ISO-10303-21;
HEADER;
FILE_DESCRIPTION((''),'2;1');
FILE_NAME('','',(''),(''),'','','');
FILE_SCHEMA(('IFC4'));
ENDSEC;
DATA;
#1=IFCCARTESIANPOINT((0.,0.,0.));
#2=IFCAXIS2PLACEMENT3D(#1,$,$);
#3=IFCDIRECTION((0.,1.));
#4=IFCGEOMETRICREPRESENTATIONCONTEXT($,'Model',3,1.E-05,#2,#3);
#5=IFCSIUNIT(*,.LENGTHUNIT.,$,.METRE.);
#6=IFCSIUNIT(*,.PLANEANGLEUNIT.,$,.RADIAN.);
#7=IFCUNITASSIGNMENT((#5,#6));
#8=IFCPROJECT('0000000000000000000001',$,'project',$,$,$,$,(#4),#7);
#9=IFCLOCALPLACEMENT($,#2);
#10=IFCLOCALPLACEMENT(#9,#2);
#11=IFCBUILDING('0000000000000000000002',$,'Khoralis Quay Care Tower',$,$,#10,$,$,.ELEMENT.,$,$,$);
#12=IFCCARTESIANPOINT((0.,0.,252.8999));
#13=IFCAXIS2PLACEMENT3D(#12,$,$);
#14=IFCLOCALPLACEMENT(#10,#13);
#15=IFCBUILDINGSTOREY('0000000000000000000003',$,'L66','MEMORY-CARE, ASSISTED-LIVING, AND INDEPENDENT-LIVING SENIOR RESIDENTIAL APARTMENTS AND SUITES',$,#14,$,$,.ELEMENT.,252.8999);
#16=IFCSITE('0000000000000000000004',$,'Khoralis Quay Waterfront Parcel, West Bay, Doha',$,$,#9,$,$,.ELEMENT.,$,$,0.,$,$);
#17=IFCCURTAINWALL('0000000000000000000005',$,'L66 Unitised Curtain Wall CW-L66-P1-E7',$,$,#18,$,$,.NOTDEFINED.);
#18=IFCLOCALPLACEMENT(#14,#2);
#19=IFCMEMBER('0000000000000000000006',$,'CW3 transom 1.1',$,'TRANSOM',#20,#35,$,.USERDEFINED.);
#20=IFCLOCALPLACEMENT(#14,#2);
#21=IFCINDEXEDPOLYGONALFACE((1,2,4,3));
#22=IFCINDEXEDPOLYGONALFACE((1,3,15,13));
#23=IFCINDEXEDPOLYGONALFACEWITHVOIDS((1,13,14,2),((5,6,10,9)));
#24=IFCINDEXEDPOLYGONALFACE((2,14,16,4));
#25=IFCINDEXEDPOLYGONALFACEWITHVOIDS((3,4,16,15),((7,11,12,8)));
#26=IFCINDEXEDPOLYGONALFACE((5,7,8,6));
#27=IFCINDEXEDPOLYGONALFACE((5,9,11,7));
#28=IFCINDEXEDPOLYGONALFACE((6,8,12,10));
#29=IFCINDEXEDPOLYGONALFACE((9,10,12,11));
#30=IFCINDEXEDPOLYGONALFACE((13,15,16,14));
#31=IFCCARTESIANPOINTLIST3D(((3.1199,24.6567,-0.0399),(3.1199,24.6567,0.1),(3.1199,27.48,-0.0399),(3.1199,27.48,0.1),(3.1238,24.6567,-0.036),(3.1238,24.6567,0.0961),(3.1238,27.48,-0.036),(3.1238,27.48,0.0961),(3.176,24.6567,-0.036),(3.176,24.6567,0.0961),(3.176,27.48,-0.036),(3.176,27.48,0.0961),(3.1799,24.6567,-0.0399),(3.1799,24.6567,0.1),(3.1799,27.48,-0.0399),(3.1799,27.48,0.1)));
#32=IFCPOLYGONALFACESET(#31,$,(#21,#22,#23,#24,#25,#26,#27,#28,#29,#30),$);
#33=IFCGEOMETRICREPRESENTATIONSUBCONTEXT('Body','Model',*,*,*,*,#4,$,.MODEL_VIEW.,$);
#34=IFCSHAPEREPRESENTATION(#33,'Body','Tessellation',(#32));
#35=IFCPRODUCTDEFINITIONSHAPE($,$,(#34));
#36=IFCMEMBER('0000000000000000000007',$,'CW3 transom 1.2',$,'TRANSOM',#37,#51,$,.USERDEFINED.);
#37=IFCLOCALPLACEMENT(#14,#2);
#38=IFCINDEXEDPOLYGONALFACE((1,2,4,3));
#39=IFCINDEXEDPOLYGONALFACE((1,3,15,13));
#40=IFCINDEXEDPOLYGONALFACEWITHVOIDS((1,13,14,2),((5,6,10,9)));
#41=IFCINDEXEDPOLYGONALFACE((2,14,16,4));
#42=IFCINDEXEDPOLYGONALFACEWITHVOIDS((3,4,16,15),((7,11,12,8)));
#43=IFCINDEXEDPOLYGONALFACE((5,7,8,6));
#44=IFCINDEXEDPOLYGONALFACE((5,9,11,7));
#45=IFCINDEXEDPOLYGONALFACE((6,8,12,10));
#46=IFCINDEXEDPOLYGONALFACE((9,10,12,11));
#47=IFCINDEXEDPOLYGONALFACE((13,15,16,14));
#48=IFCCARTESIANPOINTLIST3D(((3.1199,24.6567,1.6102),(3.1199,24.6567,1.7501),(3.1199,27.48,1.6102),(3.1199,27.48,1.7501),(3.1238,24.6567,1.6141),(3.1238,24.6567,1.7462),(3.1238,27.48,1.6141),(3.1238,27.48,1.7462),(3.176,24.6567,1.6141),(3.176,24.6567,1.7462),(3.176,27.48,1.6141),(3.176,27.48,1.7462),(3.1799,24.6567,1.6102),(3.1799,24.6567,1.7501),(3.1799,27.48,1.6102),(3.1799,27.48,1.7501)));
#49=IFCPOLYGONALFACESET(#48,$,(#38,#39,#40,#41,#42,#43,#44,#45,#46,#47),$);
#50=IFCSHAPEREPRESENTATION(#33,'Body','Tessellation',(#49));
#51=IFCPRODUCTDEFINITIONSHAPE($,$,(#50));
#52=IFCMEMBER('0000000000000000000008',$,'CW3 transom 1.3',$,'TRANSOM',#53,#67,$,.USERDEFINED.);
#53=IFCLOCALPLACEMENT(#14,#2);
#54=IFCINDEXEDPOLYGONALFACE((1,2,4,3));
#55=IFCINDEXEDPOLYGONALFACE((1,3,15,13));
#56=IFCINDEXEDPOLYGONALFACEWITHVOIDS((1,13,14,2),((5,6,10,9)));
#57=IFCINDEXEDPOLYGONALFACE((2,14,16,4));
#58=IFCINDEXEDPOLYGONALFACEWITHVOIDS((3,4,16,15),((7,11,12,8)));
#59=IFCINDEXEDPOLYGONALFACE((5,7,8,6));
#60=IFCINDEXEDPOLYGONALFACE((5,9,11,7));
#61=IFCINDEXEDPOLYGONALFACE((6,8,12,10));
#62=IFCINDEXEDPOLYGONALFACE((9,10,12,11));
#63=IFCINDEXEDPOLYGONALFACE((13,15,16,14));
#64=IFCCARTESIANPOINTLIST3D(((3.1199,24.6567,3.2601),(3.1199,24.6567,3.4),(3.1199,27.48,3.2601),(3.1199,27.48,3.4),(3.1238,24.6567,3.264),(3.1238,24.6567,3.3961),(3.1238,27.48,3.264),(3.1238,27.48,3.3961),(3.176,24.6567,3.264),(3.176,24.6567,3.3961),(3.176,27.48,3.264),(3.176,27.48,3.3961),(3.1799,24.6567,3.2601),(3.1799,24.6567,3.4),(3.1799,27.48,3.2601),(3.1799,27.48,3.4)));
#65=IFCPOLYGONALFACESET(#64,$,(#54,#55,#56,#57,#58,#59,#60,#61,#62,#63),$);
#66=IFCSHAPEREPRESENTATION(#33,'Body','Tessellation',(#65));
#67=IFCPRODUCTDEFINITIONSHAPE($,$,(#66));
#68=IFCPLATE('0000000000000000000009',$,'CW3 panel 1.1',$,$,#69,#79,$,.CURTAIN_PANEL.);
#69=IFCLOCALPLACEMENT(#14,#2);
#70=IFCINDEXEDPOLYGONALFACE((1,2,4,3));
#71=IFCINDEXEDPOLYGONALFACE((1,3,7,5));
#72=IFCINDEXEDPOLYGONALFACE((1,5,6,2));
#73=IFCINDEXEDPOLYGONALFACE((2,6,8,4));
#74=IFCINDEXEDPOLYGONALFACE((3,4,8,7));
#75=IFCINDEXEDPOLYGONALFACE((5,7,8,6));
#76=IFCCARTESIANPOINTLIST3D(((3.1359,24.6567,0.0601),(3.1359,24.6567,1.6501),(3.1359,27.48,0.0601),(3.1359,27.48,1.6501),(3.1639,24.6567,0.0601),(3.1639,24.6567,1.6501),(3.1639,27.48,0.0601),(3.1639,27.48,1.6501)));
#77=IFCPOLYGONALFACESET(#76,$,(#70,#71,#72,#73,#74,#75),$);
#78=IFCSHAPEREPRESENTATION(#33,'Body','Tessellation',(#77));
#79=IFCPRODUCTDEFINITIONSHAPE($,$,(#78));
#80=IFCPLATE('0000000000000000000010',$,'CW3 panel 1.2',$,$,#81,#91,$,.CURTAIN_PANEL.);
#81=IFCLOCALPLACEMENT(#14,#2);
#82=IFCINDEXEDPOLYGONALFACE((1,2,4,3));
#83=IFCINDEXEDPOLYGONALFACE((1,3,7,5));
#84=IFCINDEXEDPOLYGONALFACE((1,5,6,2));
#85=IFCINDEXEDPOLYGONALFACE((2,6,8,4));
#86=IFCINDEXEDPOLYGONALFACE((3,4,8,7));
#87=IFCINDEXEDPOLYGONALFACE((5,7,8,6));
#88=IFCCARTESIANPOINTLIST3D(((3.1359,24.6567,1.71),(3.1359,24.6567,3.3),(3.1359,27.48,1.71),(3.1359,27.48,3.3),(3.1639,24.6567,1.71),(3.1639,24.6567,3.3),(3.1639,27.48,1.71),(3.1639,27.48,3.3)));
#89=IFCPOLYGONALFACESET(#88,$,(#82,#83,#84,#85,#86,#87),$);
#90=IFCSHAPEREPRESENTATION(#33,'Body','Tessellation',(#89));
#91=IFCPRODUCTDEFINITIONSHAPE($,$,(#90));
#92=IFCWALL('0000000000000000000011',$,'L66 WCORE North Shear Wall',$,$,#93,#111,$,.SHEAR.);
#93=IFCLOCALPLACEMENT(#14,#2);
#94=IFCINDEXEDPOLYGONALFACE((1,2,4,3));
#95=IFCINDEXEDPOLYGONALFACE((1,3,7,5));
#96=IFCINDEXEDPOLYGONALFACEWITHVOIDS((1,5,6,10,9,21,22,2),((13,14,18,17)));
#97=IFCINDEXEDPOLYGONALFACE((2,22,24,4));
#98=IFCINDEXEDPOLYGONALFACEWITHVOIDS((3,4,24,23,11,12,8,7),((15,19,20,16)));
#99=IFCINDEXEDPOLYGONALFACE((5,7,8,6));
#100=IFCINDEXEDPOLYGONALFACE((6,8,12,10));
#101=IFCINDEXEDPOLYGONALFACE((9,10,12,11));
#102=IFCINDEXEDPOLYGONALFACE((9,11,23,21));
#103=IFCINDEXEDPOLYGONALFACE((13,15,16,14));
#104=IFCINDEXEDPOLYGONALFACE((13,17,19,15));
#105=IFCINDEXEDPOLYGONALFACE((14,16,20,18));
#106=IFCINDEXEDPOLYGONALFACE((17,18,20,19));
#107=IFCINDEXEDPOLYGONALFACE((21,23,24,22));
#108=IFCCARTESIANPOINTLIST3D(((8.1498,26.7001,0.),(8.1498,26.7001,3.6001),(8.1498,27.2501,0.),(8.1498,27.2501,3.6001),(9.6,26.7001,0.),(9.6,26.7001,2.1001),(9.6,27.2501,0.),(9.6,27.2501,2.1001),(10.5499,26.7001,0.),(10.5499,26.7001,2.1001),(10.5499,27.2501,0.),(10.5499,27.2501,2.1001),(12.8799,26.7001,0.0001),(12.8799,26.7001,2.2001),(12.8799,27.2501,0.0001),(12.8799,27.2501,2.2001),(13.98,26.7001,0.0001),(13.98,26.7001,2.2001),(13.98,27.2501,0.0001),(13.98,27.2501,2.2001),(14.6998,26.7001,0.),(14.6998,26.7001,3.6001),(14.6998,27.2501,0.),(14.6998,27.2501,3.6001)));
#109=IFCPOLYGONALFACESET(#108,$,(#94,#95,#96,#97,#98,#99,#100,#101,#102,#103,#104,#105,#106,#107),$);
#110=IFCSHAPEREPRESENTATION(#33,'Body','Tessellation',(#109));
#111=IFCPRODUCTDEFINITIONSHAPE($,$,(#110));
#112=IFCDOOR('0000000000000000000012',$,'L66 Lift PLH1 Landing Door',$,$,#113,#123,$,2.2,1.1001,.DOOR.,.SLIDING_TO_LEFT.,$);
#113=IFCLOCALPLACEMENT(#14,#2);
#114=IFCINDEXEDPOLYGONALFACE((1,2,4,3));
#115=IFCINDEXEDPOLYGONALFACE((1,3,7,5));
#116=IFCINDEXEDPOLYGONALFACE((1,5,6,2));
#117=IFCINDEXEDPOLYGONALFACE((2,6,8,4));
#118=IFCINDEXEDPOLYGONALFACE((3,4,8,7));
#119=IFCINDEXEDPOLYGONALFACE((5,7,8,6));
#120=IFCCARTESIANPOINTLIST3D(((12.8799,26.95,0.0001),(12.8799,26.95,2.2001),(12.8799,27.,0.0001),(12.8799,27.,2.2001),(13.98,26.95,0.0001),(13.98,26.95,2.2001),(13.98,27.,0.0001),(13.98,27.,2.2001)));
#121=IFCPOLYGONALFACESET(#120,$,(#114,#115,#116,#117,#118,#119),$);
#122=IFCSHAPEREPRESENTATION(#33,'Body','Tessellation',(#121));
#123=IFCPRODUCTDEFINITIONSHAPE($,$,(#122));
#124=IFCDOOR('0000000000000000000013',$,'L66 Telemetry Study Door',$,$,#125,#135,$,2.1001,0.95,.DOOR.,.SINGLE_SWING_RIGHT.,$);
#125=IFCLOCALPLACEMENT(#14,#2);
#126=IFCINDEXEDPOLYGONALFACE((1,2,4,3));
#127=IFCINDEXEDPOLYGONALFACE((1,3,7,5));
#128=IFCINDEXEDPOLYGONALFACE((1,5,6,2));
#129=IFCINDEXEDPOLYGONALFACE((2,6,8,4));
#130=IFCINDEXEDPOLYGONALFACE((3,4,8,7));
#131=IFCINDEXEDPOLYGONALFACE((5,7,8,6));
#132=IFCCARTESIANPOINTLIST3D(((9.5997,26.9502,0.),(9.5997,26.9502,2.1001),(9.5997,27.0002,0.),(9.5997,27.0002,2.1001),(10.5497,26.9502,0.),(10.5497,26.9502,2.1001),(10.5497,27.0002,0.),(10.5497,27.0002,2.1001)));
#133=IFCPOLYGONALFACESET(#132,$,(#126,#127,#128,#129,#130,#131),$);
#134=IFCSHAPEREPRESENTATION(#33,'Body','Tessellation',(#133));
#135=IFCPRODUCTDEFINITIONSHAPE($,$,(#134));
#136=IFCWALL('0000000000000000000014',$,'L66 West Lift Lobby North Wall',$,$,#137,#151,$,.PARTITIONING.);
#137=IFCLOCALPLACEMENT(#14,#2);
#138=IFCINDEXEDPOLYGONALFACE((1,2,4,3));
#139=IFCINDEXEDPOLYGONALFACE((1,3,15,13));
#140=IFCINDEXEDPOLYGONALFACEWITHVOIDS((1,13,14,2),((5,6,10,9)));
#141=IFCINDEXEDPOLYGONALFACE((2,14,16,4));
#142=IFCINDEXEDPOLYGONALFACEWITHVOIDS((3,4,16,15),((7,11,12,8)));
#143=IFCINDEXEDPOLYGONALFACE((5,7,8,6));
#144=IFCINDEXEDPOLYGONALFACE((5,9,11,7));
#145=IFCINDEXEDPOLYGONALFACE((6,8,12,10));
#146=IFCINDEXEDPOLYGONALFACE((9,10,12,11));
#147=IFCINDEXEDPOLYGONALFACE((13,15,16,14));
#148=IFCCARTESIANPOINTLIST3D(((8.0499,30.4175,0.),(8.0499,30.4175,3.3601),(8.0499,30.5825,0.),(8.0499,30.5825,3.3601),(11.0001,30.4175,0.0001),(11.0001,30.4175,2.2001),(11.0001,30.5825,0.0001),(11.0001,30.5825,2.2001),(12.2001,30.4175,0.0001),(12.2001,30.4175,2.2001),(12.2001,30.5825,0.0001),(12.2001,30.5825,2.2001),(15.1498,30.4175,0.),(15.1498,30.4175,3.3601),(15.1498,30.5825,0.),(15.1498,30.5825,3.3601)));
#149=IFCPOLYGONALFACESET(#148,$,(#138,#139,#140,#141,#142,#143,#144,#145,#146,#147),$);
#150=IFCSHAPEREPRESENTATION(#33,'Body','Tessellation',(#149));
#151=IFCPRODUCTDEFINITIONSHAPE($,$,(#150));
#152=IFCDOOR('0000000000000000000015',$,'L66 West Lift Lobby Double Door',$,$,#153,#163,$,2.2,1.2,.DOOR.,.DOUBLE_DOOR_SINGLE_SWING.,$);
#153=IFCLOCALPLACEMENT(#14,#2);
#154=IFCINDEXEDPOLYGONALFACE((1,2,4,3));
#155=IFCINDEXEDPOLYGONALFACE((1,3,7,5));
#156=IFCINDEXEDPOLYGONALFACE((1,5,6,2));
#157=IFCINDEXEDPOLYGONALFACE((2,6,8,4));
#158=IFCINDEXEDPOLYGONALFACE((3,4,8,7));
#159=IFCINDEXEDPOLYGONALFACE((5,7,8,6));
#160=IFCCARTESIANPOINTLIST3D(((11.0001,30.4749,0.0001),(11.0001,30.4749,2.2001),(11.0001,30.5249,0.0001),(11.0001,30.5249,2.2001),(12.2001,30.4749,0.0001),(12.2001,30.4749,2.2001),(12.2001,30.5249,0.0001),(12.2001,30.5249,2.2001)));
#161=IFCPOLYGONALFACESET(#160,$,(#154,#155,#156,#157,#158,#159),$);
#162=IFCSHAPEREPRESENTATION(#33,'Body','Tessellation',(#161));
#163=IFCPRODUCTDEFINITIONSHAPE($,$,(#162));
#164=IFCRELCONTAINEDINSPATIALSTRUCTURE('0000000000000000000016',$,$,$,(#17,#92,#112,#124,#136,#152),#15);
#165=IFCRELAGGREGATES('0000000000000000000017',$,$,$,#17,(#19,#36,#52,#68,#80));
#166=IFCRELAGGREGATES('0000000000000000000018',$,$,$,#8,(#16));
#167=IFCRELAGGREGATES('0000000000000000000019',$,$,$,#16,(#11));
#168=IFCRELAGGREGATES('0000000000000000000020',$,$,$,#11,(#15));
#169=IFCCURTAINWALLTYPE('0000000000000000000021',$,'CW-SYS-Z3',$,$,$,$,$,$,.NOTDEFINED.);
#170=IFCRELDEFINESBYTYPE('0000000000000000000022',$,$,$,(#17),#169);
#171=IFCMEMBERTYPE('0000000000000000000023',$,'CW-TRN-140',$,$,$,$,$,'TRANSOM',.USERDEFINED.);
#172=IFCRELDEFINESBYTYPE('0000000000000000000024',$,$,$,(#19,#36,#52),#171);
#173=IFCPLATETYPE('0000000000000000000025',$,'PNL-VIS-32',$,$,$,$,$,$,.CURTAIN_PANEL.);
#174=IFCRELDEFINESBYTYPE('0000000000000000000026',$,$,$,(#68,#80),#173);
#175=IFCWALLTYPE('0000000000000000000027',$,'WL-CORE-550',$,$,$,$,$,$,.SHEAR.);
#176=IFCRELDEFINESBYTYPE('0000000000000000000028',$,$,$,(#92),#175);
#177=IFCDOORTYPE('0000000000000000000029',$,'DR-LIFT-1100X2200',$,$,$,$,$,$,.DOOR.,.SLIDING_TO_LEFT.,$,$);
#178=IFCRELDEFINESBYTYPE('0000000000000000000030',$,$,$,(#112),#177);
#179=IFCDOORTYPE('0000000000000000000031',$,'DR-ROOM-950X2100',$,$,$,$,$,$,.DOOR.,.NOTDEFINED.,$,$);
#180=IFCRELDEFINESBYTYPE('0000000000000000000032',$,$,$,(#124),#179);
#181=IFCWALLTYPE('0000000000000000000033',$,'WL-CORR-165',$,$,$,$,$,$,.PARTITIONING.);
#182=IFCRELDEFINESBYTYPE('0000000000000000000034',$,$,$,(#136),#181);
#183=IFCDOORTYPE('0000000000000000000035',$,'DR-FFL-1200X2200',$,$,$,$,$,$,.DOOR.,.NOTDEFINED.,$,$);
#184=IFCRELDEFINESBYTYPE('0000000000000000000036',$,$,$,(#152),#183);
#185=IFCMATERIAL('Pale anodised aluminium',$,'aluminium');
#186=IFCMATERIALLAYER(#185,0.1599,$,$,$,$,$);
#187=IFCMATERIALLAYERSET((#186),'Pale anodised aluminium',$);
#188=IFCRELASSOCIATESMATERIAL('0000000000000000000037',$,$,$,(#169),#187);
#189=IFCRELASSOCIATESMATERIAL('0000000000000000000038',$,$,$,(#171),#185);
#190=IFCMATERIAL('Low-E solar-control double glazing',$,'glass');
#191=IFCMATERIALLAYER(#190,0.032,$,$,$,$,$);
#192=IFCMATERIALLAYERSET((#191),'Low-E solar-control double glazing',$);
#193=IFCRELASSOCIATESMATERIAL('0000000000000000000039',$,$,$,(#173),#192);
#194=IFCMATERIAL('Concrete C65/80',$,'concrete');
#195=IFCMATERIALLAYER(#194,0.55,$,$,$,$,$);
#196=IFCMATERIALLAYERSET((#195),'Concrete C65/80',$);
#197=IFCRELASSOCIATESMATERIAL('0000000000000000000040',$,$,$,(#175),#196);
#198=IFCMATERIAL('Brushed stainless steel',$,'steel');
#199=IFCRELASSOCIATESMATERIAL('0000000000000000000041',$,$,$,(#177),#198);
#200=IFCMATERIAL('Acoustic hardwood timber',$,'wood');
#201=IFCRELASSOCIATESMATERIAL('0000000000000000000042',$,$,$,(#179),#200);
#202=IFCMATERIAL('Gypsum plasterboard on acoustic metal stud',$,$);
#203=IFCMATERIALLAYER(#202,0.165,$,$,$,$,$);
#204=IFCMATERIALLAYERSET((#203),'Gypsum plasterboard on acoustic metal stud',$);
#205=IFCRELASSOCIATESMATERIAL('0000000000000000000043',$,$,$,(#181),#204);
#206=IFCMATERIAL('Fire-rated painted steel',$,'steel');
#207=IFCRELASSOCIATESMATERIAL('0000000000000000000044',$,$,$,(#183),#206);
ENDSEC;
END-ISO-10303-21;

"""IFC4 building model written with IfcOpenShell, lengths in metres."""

from ifc_helpers import new_model, si_unit, direction, frame, frame_2d, origin, origin_2d, place, context, subcontext, project, spatial, rectangle, hollow_rectangle, extrude, source, transform, mapped, material, layer, layer_set, material_profile, profile_set, type_object, element, fill, aggregate, save


model = new_model("IFC4")

# Units and contexts
model_context = context("Model", 3, precision=1e-05, world=origin(), true_north=direction((0.0, 1.0)))
body_context = subcontext(model_context, "Body", "Model", "MODEL_VIEW")
ifc_project = project(units=[si_unit("LENGTHUNIT", "METRE"), si_unit("PLANEANGLEUNIT", "RADIAN")], contexts=[model_context])

# Site, building, storey
site_placement = place(None, origin())
site = spatial("IfcSite", under=ifc_project, at=site_placement, Name="Khoralis Quay Waterfront Parcel, West Bay, Doha", CompositionType="ELEMENT", RefElevation=0.0)
building_placement = place(site_placement, origin())
building = spatial("IfcBuilding", under=site, at=building_placement, Name="Khoralis Quay Care Tower", CompositionType="ELEMENT")
storey_placement = place(building_placement, frame((0.0, 0.0, 252.8999)))
storey = spatial("IfcBuildingStorey", under=building, at=storey_placement, Name="L66", Description="MEMORY-CARE, ASSISTED-LIVING, AND INDEPENDENT-LIVING SENIOR RESIDENTIAL APARTMENTS AND SUITES", CompositionType="ELEMENT", Elevation=252.8999)

# Curtain wall, members, plates
ifc_material_1 = material(Name="Pale anodised aluminium", Category="aluminium")
ifc_layer_1 = layer(ifc_material_1, 0.1599)
ifc_layer_set_1 = layer_set([ifc_layer_1], Name="Pale anodised aluminium")
curtain_wall_type = type_object("IfcCurtainWallType", Name="CW-SYS-Z3", PredefinedType="NOTDEFINED", material=ifc_layer_set_1)
curtain_wall_placement = place(storey_placement, origin())
curtain_wall = element("IfcCurtainWall", 1, at=curtain_wall_placement, inside=storey, type_object=curtain_wall_type, Name="L66 Unitised Curtain Wall CW-L66-P1-E7", PredefinedType="NOTDEFINED")
ifc_material_profile_1 = material_profile(ifc_material_1, hollow_rectangle(XDim=0.0601, YDim=0.1399, WallThickness=0.0039, at=origin_2d()), Name="Pale anodised aluminium")
ifc_profile_set_1 = profile_set([ifc_material_profile_1], Name="Pale anodised aluminium")
member_type_1 = type_object("IfcMemberType", Name="CW-TRN-140", ElementType="TRANSOM", PredefinedType="USERDEFINED", material=ifc_profile_set_1)
shared_shape_1 = source(origin(), body_context, "Body", "SweptSolid", [
    extrude(hollow_rectangle(XDim=0.0601, YDim=0.1399, WallThickness=0.0039, at=origin_2d()), origin(), (0.0, 0.0, 1.0), 2.8232),
])
member_1_placement = place(storey_placement, frame((3.1499, 27.48, 0.03), z_axis=(0.0, -1.0, 0.0), x_axis=(1.0, 0.0, 0.0)))
member_1 = element("IfcMember", 2, at=member_1_placement, type_object=member_type_1, Name="CW3 transom 1.1", ObjectType="TRANSOM", PredefinedType="USERDEFINED", context=body_context, shape_type="MappedRepresentation", body=[
    mapped(shared_shape_1, transform((0.0, 0.0, 0.0), scale=1.0)),
])
member_2_placement = place(storey_placement, frame((3.1499, 27.48, 1.6802), z_axis=(0.0, -1.0, 0.0), x_axis=(1.0, 0.0, 0.0)))
member_2 = element("IfcMember", 3, at=member_2_placement, type_object=member_type_1, Name="CW3 transom 1.2", ObjectType="TRANSOM", PredefinedType="USERDEFINED", context=body_context, shape_type="MappedRepresentation", body=[
    mapped(shared_shape_1, transform((0.0, 0.0, 0.0), scale=1.0)),
])
member_3_placement = place(storey_placement, frame((3.1499, 27.48, 3.3301), z_axis=(0.0, -1.0, 0.0), x_axis=(1.0, 0.0, 0.0)))
member_3 = element("IfcMember", 4, at=member_3_placement, type_object=member_type_1, Name="CW3 transom 1.3", ObjectType="TRANSOM", PredefinedType="USERDEFINED", context=body_context, shape_type="MappedRepresentation", body=[
    mapped(shared_shape_1, transform((0.0, 0.0, 0.0), scale=1.0)),
])
ifc_material_2 = material(Name="Low-E solar-control double glazing", Category="glass")
ifc_layer_2 = layer(ifc_material_2, 0.032)
ifc_layer_set_2 = layer_set([ifc_layer_2], Name="Low-E solar-control double glazing")
plate_type = type_object("IfcPlateType", Name="PNL-VIS-32", PredefinedType="CURTAIN_PANEL", material=ifc_layer_set_2)
shared_shape_2 = source(origin(), body_context, "Body", "SweptSolid", [
    extrude(rectangle(XDim=2.8232, YDim=0.0281, at=origin_2d()), origin(), (0.0, 0.0, 1.0), 1.5901),
])
plate_1_placement = place(storey_placement, frame((3.1499, 26.0684, 0.0601), z_axis=(0.0, 0.0, 1.0), x_axis=(0.0, -1.0, 0.0)))
plate_1 = element("IfcPlate", 5, at=plate_1_placement, type_object=plate_type, Name="CW3 panel 1.1", PredefinedType="CURTAIN_PANEL", context=body_context, shape_type="MappedRepresentation", body=[
    mapped(shared_shape_2, transform((0.0, 0.0, 0.0), scale=1.0)),
])
plate_2_placement = place(storey_placement, frame((3.1499, 26.0684, 1.71), z_axis=(0.0, 0.0, 1.0), x_axis=(0.0, -1.0, 0.0)))
plate_2 = element("IfcPlate", 6, at=plate_2_placement, type_object=plate_type, Name="CW3 panel 1.2", PredefinedType="CURTAIN_PANEL", context=body_context, shape_type="MappedRepresentation", body=[
    mapped(shared_shape_2, transform((0.0, 0.0, 0.0), scale=1.0)),
])
aggregate(curtain_wall, [member_1, member_2, member_3, plate_1, plate_2])

# Wall, openings, doors
ifc_material_3 = material(Name="Concrete C65/80", Category="concrete")
ifc_layer_3 = layer(ifc_material_3, 0.55)
ifc_layer_set_3 = layer_set([ifc_layer_3], Name="Concrete C65/80")
wall_type_1 = type_object("IfcWallType", Name="WL-CORE-550", PredefinedType="SHEAR", material=ifc_layer_set_3)
wall_1_placement = place(storey_placement, frame((8.1499, 26.9751, 0.0), z_axis=(0.0, 0.0, 1.0), x_axis=(1.0, 0.0, 0.0)))
wall_1 = element("IfcWall", 7, at=wall_1_placement, inside=storey, type_object=wall_type_1, Name="L66 WCORE North Shear Wall", PredefinedType="SHEAR", context=body_context, shape_type="SweptSolid", body=[
    extrude(rectangle(XDim=6.55, YDim=0.55, at=frame_2d((3.2749, 0.0))), origin(), (0.0, 0.0, 1.0), 3.6001),
])
opening_1_placement = place(wall_1_placement, frame((1.45, 0.0, 0.0)))
opening_1 = element("IfcOpeningElement", 8, at=opening_1_placement, cuts=wall_1, PredefinedType="OPENING", context=body_context, shape_type="SweptSolid", body=[
    extrude(rectangle(XDim=0.95, YDim=2.1001, at=frame_2d((0.4751, 1.05))), frame((0.0, 0.2852, 0.0), z_axis=(0.0, -1.0, 0.0), x_axis=(1.0, 0.0, 0.0)), (0.0, 0.0, 1.0), 0.5701),
])
opening_2_placement = place(wall_1_placement, frame((4.73, 0.0, 0.0)))
opening_2 = element("IfcOpeningElement", 9, at=opening_2_placement, cuts=wall_1, PredefinedType="OPENING", context=body_context, shape_type="SweptSolid", body=[
    extrude(rectangle(XDim=1.1001, YDim=2.2, at=frame_2d((0.55, 1.1001))), frame((0.0, 0.2852, 0.0), z_axis=(0.0, -1.0, 0.0), x_axis=(1.0, 0.0, 0.0)), (0.0, 0.0, 1.0), 0.5701),
])
ifc_material_4 = material(Name="Brushed stainless steel", Category="steel")
door_type_1 = type_object("IfcDoorType", Name="DR-LIFT-1100X2200", OperationType="SLIDING_TO_LEFT", PredefinedType="DOOR", material=ifc_material_4)
shared_shape_3 = source(origin(), body_context, "Body", "SweptSolid", [
    extrude(rectangle(XDim=1.1001, YDim=2.2, at=frame_2d((0.55, 1.1001))), frame((0.0, 0.0249, 0.0), z_axis=(0.0, -1.0, 0.0), x_axis=(1.0, 0.0, 0.0)), (0.0, 0.0, 1.0), 0.05),
])
door_1_placement = place(opening_2_placement, origin())
door_1 = element("IfcDoor", 10, at=door_1_placement, inside=storey, type_object=door_type_1, Name="L66 Lift PLH1 Landing Door", OperationType="SLIDING_TO_LEFT", OverallHeight=2.2, OverallWidth=1.1001, PredefinedType="DOOR", context=body_context, shape_type="MappedRepresentation", body=[
    mapped(shared_shape_3, transform((0.0, 0.0, 0.0), scale=1.0)),
])
fill(opening_2, door_1)
ifc_material_5 = material(Name="Acoustic hardwood timber", Category="wood")
door_type_2 = type_object("IfcDoorType", Name="DR-ROOM-950X2100", OperationType="NOTDEFINED", PredefinedType="DOOR", material=ifc_material_5)
shared_shape_4 = source(origin(), body_context, "Body", "SweptSolid", [
    extrude(rectangle(XDim=0.95, YDim=2.1001, at=frame_2d((0.4751, 1.05))), frame((0.0, 0.0249, 0.0), z_axis=(0.0, -1.0, 0.0), x_axis=(1.0, 0.0, 0.0)), (0.0, 0.0, 1.0), 0.05),
])
door_2_placement = place(opening_1_placement, frame((0.95, 0.0, 0.0), z_axis=(0.0, 0.0, 1.0), x_axis=(-1.0, 0.0, 0.0)))
door_2 = element("IfcDoor", 11, at=door_2_placement, inside=storey, type_object=door_type_2, Name="L66 Telemetry Study Door", OperationType="SINGLE_SWING_RIGHT", OverallHeight=2.1001, OverallWidth=0.95, PredefinedType="DOOR", context=body_context, shape_type="MappedRepresentation", body=[
    mapped(shared_shape_4, transform((0.0, 0.0, 0.0), scale=1.0)),
])
fill(opening_1, door_2)

# Wall, opening, door
ifc_material_6 = material(Name="Gypsum plasterboard on acoustic metal stud")
ifc_layer_4 = layer(ifc_material_6, 0.165)
ifc_layer_set_4 = layer_set([ifc_layer_4], Name="Gypsum plasterboard on acoustic metal stud")
wall_type_2 = type_object("IfcWallType", Name="WL-CORR-165", PredefinedType="PARTITIONING", material=ifc_layer_set_4)
wall_2_placement = place(storey_placement, frame((8.05, 30.5, 0.0), z_axis=(0.0, 0.0, 1.0), x_axis=(1.0, 0.0, 0.0)))
wall_2 = element("IfcWall", 12, at=wall_2_placement, inside=storey, type_object=wall_type_2, Name="L66 West Lift Lobby North Wall", PredefinedType="PARTITIONING", context=body_context, shape_type="SweptSolid", body=[
    extrude(rectangle(XDim=7.0999, YDim=0.165, at=frame_2d((3.5498, 0.0))), origin(), (0.0, 0.0, 1.0), 3.3601),
])
opening_3_placement = place(wall_2_placement, frame((2.95, 0.0, 0.0)))
opening_3 = element("IfcOpeningElement", 13, at=opening_3_placement, cuts=wall_2, PredefinedType="OPENING", context=body_context, shape_type="SweptSolid", body=[
    extrude(rectangle(XDim=1.2, YDim=2.2, at=frame_2d((0.6001, 1.1001))), frame((0.0, 0.0925, 0.0), z_axis=(0.0, -1.0, 0.0), x_axis=(1.0, 0.0, 0.0)), (0.0, 0.0, 1.0), 0.1851),
])
ifc_material_7 = material(Name="Fire-rated painted steel", Category="steel")
door_type_3 = type_object("IfcDoorType", Name="DR-FFL-1200X2200", OperationType="NOTDEFINED", PredefinedType="DOOR", material=ifc_material_7)
shared_shape_5 = source(origin(), body_context, "Body", "SweptSolid", [
    extrude(rectangle(XDim=1.2, YDim=2.2, at=frame_2d((0.6001, 1.1001))), frame((0.0, 0.0249, 0.0), z_axis=(0.0, -1.0, 0.0), x_axis=(1.0, 0.0, 0.0)), (0.0, 0.0, 1.0), 0.05),
])
door_3_placement = place(opening_3_placement, origin())
door_3 = element("IfcDoor", 14, at=door_3_placement, inside=storey, type_object=door_type_3, Name="L66 West Lift Lobby Double Door", OperationType="DOUBLE_DOOR_SINGLE_SWING", OverallHeight=2.2, OverallWidth=1.2, PredefinedType="DOOR", context=body_context, shape_type="MappedRepresentation", body=[
    mapped(shared_shape_5, transform((0.0, 0.0, 0.0), scale=1.0)),
])
fill(opening_3, door_3)

save(model, "model.ifc")
